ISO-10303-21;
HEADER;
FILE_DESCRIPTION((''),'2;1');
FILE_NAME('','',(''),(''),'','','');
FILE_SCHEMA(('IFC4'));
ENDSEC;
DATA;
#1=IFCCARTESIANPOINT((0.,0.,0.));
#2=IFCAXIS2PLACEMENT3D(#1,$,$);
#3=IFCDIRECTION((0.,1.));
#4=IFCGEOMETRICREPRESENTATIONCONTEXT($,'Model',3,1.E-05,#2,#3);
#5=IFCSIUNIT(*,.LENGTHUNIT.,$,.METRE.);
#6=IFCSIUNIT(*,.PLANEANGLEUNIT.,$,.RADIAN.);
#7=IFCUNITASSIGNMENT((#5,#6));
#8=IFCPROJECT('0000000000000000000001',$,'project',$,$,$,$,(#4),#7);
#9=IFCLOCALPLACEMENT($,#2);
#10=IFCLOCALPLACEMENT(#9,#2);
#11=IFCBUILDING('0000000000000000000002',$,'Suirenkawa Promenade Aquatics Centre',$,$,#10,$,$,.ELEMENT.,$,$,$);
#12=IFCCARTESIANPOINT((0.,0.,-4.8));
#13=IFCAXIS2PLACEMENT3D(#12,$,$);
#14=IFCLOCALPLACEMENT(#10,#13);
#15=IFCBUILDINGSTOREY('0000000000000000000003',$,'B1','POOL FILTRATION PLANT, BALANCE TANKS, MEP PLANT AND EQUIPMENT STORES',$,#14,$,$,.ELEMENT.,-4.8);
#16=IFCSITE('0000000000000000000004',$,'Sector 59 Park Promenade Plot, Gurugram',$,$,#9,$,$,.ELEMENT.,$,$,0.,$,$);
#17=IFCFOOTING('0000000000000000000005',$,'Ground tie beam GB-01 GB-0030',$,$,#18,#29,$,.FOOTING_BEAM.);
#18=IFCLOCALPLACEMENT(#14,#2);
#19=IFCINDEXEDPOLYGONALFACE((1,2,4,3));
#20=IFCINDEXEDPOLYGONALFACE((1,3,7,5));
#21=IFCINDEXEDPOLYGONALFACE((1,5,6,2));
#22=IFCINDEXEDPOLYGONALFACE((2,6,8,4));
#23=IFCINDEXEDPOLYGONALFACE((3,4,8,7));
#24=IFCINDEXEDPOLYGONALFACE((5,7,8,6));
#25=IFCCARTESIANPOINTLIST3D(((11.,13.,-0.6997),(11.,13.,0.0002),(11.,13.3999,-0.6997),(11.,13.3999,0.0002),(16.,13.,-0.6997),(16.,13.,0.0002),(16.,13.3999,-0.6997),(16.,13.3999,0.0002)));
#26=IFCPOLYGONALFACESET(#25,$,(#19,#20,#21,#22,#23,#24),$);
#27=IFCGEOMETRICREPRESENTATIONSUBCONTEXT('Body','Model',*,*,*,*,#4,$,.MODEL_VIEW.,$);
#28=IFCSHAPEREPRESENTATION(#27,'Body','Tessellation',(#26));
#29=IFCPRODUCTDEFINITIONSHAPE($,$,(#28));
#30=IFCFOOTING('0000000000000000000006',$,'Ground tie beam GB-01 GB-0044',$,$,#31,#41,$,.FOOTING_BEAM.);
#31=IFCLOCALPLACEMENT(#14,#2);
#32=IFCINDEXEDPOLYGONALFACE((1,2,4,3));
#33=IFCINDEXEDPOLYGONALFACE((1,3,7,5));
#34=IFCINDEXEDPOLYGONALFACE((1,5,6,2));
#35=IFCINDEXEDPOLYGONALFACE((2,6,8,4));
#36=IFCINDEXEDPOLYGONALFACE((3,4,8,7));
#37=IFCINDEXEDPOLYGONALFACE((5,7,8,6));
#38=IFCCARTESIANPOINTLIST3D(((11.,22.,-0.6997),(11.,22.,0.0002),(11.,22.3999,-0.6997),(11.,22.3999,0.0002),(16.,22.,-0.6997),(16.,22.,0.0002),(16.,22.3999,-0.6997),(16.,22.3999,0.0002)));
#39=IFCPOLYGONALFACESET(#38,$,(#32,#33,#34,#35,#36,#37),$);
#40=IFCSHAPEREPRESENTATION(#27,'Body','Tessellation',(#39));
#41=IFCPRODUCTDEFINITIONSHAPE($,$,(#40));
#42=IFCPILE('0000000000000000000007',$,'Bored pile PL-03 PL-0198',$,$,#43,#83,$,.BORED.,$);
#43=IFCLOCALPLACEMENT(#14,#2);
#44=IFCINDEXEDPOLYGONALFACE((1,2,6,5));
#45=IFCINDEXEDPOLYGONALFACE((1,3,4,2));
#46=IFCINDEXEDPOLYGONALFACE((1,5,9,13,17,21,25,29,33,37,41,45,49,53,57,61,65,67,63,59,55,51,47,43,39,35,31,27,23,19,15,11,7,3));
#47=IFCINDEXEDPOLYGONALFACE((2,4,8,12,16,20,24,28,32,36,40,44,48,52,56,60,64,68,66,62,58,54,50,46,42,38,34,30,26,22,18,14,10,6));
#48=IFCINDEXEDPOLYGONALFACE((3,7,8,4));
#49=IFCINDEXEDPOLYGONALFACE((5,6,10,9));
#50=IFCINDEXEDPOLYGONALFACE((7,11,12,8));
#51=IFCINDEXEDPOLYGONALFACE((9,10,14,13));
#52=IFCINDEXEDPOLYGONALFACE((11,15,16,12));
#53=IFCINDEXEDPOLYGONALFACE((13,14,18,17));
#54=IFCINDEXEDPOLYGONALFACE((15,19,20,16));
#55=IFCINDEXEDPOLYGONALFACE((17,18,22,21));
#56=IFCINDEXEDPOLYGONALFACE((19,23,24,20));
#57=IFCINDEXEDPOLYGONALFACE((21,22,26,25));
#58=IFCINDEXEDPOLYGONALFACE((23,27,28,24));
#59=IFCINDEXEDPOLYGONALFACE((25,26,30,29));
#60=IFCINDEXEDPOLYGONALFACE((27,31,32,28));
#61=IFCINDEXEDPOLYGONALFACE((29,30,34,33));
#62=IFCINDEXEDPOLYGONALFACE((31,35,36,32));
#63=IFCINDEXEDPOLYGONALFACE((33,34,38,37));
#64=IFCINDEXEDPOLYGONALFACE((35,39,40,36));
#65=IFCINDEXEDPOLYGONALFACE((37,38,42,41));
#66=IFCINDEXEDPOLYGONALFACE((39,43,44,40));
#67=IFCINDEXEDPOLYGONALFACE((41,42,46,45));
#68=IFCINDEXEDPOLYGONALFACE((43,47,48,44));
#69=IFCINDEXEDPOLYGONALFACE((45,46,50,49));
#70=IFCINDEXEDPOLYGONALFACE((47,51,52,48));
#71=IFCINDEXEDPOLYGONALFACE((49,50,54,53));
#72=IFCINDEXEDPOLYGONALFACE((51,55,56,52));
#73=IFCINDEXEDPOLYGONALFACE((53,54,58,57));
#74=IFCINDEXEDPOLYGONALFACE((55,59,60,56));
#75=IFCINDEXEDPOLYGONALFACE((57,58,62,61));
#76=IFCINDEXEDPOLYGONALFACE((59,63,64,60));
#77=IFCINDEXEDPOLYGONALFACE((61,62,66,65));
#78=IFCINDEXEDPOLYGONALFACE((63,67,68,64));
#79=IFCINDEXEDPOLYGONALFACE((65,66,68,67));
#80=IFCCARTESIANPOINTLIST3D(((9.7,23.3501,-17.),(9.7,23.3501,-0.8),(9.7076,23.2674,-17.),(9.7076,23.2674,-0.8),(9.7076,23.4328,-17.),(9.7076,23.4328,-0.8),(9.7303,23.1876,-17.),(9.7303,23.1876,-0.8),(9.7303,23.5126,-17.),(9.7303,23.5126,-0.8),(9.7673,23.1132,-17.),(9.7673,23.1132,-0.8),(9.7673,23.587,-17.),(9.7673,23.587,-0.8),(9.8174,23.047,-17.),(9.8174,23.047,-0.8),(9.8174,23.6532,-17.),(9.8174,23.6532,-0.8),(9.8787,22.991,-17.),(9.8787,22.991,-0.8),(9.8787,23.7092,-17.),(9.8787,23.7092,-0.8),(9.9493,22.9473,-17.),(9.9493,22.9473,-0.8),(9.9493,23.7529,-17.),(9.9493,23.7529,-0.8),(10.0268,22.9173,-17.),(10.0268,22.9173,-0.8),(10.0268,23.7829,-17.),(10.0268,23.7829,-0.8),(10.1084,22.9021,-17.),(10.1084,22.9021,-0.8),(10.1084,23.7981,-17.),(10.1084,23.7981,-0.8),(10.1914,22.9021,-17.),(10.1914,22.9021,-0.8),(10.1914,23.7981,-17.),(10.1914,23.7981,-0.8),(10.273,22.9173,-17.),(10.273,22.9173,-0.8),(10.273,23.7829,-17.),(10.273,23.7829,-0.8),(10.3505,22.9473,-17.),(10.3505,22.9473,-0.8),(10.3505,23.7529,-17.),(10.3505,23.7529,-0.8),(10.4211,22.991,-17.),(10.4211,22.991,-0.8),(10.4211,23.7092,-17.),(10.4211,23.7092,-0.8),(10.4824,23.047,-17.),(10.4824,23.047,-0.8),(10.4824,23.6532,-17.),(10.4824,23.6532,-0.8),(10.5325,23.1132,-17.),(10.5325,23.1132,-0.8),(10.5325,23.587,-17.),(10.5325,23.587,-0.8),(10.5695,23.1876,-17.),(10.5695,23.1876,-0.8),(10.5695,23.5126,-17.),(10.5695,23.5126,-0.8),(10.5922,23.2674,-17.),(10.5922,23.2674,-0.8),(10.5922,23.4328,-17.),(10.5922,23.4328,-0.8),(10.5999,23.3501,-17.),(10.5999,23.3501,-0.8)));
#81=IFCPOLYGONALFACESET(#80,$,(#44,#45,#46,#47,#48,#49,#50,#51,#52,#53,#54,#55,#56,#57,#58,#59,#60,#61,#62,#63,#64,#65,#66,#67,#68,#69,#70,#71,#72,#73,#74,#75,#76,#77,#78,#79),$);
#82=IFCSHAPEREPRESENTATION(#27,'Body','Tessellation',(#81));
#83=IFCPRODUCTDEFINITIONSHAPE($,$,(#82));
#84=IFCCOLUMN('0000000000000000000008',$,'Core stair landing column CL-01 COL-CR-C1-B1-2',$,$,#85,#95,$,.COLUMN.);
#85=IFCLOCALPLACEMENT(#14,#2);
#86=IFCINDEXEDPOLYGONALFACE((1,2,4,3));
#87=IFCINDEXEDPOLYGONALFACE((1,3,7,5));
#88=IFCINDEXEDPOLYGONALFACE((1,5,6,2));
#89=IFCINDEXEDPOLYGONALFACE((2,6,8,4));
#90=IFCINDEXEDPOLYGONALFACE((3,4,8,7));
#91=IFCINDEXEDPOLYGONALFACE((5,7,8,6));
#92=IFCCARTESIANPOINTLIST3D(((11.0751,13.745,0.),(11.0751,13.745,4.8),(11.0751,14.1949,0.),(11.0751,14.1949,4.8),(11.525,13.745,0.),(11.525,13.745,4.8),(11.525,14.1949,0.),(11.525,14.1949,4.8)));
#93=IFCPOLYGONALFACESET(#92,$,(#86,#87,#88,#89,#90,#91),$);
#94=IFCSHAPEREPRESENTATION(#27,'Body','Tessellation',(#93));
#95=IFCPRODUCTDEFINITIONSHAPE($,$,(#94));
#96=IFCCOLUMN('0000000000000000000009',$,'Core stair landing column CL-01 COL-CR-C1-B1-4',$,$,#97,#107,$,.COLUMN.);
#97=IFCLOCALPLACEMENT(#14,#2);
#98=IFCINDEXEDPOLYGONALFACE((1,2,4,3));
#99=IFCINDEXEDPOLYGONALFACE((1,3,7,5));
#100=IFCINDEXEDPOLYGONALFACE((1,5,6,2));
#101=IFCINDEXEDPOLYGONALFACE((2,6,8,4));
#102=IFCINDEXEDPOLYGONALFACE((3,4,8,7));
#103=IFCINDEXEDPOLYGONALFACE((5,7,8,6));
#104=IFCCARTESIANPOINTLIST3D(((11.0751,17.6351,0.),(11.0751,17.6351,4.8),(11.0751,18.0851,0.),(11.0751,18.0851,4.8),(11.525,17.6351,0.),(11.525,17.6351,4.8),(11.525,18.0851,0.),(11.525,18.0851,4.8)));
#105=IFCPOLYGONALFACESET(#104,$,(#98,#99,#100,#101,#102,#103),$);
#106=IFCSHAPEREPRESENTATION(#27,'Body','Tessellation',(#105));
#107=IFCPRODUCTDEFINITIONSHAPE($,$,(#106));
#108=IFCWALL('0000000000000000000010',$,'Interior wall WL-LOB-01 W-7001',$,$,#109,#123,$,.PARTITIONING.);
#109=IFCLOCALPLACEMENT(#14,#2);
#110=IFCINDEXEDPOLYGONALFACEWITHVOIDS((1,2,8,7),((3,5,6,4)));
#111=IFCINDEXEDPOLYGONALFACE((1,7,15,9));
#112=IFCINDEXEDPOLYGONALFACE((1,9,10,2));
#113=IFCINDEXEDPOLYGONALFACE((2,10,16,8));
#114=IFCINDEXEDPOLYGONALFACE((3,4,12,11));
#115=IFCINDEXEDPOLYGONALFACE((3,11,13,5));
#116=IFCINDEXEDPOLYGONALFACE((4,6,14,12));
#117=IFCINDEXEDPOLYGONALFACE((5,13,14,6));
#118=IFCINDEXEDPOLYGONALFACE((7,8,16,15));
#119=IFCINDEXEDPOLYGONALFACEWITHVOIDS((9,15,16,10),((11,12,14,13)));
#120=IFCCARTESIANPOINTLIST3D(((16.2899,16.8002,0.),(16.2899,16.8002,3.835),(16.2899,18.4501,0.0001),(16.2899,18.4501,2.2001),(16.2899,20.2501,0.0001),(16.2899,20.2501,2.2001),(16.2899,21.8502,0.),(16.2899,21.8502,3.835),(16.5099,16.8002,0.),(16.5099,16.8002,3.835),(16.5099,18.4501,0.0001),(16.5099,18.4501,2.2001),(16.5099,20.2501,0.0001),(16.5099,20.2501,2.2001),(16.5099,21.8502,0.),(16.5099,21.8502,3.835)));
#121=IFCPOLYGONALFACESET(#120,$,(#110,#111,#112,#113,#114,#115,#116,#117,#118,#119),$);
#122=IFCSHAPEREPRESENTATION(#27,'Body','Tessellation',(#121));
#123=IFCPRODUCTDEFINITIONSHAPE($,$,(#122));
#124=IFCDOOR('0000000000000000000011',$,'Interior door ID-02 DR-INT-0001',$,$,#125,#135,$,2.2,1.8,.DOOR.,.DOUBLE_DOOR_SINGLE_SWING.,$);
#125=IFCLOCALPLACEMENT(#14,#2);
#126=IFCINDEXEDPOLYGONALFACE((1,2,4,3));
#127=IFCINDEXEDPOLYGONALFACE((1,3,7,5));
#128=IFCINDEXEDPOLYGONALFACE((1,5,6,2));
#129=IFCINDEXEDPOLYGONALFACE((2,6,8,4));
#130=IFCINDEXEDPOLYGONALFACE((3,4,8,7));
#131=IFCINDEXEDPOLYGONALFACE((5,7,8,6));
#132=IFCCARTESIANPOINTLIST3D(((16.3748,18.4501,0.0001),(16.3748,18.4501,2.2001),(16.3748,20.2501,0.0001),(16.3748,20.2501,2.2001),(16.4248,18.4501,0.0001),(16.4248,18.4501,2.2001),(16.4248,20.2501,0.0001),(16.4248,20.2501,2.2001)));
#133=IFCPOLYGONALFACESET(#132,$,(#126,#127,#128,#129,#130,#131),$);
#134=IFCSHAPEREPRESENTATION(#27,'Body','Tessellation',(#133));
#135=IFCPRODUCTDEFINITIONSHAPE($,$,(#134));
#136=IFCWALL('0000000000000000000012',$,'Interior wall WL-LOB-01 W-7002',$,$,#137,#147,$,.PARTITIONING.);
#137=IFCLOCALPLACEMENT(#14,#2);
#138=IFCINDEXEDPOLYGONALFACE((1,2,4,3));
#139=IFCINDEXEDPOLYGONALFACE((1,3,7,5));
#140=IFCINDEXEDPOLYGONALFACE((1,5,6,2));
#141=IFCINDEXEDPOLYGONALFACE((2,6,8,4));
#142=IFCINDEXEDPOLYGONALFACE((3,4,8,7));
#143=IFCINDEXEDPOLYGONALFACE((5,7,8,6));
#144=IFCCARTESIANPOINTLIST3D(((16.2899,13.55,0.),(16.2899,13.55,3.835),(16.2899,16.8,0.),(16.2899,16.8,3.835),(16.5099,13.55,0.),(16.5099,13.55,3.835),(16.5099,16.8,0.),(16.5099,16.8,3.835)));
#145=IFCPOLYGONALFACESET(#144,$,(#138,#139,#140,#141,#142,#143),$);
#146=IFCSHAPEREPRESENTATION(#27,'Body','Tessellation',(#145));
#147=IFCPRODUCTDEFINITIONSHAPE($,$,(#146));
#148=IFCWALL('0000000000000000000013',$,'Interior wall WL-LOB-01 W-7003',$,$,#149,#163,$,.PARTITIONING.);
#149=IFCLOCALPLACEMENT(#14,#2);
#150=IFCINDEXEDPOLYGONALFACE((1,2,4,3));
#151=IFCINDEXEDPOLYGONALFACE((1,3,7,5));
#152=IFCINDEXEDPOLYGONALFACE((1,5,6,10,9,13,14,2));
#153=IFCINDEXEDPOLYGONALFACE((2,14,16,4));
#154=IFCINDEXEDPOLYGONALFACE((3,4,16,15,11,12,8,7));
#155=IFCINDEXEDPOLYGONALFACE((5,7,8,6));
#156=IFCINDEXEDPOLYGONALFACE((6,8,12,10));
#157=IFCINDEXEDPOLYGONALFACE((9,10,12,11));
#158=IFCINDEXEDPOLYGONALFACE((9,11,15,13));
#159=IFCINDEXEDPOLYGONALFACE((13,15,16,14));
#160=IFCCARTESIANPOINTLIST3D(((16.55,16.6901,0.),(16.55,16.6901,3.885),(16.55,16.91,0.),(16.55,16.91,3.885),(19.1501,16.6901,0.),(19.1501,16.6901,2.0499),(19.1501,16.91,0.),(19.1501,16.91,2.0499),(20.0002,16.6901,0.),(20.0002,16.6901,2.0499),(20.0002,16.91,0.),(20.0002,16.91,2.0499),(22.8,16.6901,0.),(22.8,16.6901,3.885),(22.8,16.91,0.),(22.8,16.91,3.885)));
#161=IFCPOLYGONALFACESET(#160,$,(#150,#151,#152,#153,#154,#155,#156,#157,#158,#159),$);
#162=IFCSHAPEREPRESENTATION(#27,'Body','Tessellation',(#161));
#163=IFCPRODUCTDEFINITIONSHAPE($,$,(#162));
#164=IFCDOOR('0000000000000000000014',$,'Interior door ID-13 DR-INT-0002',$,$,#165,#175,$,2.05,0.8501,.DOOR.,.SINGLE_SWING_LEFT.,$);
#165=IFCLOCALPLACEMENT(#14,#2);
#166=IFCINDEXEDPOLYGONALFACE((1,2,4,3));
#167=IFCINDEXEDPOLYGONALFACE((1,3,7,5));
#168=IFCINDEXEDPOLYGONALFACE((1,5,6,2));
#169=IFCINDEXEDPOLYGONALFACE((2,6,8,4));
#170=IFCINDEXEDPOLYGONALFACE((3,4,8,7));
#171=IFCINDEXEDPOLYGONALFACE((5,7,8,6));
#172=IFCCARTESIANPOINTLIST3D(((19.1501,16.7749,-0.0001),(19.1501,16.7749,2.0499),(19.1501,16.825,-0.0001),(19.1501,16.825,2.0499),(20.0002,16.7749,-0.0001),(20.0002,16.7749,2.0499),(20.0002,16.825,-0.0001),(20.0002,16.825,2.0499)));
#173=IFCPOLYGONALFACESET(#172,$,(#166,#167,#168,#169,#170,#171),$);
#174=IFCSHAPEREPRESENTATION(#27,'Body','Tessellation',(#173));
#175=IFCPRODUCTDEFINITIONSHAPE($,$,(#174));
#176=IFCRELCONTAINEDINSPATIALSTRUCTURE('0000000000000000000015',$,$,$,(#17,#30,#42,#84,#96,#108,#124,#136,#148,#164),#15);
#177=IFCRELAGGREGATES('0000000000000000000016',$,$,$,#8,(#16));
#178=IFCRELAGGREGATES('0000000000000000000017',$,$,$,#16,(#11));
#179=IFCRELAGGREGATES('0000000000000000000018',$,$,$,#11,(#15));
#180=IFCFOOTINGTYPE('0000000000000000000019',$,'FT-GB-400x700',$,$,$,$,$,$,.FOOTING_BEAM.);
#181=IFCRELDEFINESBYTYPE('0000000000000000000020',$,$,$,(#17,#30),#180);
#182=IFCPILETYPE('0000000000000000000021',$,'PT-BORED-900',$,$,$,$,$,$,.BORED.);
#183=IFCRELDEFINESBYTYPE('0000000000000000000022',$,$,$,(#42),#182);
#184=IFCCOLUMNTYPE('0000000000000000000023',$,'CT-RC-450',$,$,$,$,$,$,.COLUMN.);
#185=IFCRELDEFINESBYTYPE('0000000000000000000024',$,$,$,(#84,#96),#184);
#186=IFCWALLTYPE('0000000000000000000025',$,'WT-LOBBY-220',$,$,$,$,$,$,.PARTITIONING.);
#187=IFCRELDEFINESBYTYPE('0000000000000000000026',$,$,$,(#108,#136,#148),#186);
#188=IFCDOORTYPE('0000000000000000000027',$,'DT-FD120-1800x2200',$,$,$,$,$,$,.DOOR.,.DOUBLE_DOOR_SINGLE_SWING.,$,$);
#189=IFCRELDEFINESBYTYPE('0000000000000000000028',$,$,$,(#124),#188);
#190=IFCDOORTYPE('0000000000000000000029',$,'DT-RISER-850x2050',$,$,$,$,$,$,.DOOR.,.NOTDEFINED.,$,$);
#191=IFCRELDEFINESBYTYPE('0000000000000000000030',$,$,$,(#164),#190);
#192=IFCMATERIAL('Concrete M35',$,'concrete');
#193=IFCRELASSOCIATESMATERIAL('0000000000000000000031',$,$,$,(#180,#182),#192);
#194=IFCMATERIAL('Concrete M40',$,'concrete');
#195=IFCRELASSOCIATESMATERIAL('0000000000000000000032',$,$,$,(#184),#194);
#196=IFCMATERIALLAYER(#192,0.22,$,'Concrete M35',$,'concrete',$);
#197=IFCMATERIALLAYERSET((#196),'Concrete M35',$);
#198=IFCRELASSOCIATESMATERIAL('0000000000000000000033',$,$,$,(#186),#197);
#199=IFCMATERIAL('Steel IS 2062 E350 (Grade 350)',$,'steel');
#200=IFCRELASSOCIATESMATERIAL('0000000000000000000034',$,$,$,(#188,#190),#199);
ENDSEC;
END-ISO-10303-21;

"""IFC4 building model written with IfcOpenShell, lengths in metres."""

from ifc_helpers import new_model, si_unit, direction, frame, frame_2d, origin, origin_2d, place, context, subcontext, project, spatial, rectangle, circle, extrude, material, layer, layer_set, material_profile, profile_set, type_object, element, fill, save


model = new_model("IFC4")

# Units and contexts
model_context = context("Model", 3, precision=1e-05, world=origin(), true_north=direction((0.0, 1.0)))
body_context = subcontext(model_context, "Body", "Model", "MODEL_VIEW")
ifc_project = project(units=[si_unit("LENGTHUNIT", "METRE"), si_unit("PLANEANGLEUNIT", "RADIAN")], contexts=[model_context])

# Site, building, storey
site_placement = place(None, origin())
site = spatial("IfcSite", under=ifc_project, at=site_placement, Name="Sector 59 Park Promenade Plot, Gurugram", CompositionType="ELEMENT", RefElevation=0.0)
building_placement = place(site_placement, origin())
building = spatial("IfcBuilding", under=site, at=building_placement, Name="Suirenkawa Promenade Aquatics Centre", CompositionType="ELEMENT")
storey_placement = place(building_placement, frame((0.0, 0.0, -4.8)))
storey = spatial("IfcBuildingStorey", under=building, at=storey_placement, Name="B1", Description="POOL FILTRATION PLANT, BALANCE TANKS, MEP PLANT AND EQUIPMENT STORES", CompositionType="ELEMENT", Elevation=-4.8)

# Footings
ifc_material_1 = material(Name="Concrete M35", Category="concrete")
footing_type = type_object("IfcFootingType", Name="FT-GB-400x700", PredefinedType="FOOTING_BEAM", material=ifc_material_1)
for number, where, z_axis, x_axis, name in (
    (1, (13.5, 13.2, -0.6997), (0.0, 0.0, 1.0), (1.0, 0.0, 0.0), "Ground tie beam GB-01 GB-0030"),
    (2, (13.5, 22.2, -0.6997), (0.0, 0.0, 1.0), (1.0, 0.0, 0.0), "Ground tie beam GB-01 GB-0044"),
):
    element("IfcFooting", number, at=place(storey_placement, frame(where, z_axis=z_axis, x_axis=x_axis)), inside=storey, type_object=footing_type, Name=name, PredefinedType="FOOTING_BEAM", context=body_context, shape_type="SweptSolid", body=[
        extrude(rectangle(XDim=5.0, YDim=0.3999, at=origin_2d()), origin(), (0.0, 0.0, 1.0), 0.7),
    ])

# Pile
ifc_material_profile_1 = material_profile(ifc_material_1, circle(Radius=0.45, at=origin_2d()), Name="PILE D900", Category="concrete")
ifc_profile_set_1 = profile_set([ifc_material_profile_1], Name="Concrete M35")
pile_type = type_object("IfcPileType", Name="PT-BORED-900", PredefinedType="BORED", material=ifc_profile_set_1)
pile_placement = place(storey_placement, frame((10.1499, 23.3501, -0.8), z_axis=(0.0, 0.0, -1.0), x_axis=(1.0, 0.0, 0.0)))
element("IfcPile", 3, at=pile_placement, inside=storey, type_object=pile_type, Name="Bored pile PL-03 PL-0198", PredefinedType="BORED", context=body_context, shape_type="SweptSolid", body=[
    extrude(circle(Radius=0.45, at=origin_2d()), origin(), (0.0, 0.0, 1.0), 16.2),
])

# Columns
ifc_material_2 = material(Name="Concrete M40", Category="concrete")
ifc_material_profile_2 = material_profile(ifc_material_2, rectangle(XDim=0.45, YDim=0.45, at=origin_2d()), Name="RC COL 450x450", Category="concrete")
ifc_profile_set_2 = profile_set([ifc_material_profile_2], Name="Concrete M40")
column_type = type_object("IfcColumnType", Name="CT-RC-450", PredefinedType="COLUMN", material=ifc_profile_set_2)
for number, where, z_axis, x_axis, name in (
    (4, (11.3, 13.97, 0.0), (0.0, 0.0, 1.0), (1.0, 0.0, 0.0), "Core stair landing column CL-01 COL-CR-C1-B1-2"),
    (5, (11.3, 17.8601, 0.0), (0.0, 0.0, 1.0), (1.0, 0.0, 0.0), "Core stair landing column CL-01 COL-CR-C1-B1-4"),
):
    element("IfcColumn", number, at=place(storey_placement, frame(where, z_axis=z_axis, x_axis=x_axis)), inside=storey, type_object=column_type, Name=name, PredefinedType="COLUMN", context=body_context, shape_type="SweptSolid", body=[
        extrude(rectangle(XDim=0.45, YDim=0.45, at=origin_2d()), origin(), (0.0, 0.0, 1.0), 4.8),
    ])

# Wall, opening, door
ifc_layer = layer(ifc_material_1, 0.22, Name="Concrete M35", Category="concrete")
ifc_layer_set = layer_set([ifc_layer], Name="Concrete M35")
wall_type = type_object("IfcWallType", Name="WT-LOBBY-220", PredefinedType="PARTITIONING", material=ifc_layer_set)
wall_1_placement = place(storey_placement, frame((16.3999, 21.8501, 0.0), z_axis=(0.0, 0.0, 1.0), x_axis=(0.0, -1.0, 0.0)))
wall_1 = element("IfcWall", 6, at=wall_1_placement, inside=storey, type_object=wall_type, Name="Interior wall WL-LOB-01 W-7001", PredefinedType="PARTITIONING", context=body_context, shape_type="SweptSolid", body=[
    extrude(rectangle(XDim=5.05, YDim=0.22, at=frame_2d((2.5249, 0.0))), origin(), (0.0, 0.0, 1.0), 3.835),
])
opening_1_placement = place(wall_1_placement, frame((1.6001, 0.0, 0.0)))
opening_1 = element("IfcOpeningElement", 7, at=opening_1_placement, cuts=wall_1, PredefinedType="OPENING", context=body_context, shape_type="SweptSolid", body=[
    extrude(rectangle(XDim=1.8, YDim=2.2, at=frame_2d((0.8999, 1.1001))), frame((0.0, 0.1199, 0.0), z_axis=(0.0, -1.0, 0.0), x_axis=(1.0, 0.0, 0.0)), (0.0, 0.0, 1.0), 0.24),
])
ifc_material_3 = material(Name="Steel IS 2062 E350 (Grade 350)", Category="steel")
door_type_1 = type_object("IfcDoorType", Name="DT-FD120-1800x2200", OperationType="DOUBLE_DOOR_SINGLE_SWING", PredefinedType="DOOR", material=ifc_material_3)
door_1_placement = place(opening_1_placement, origin())
door_1 = element("IfcDoor", 8, at=door_1_placement, inside=storey, type_object=door_type_1, Name="Interior door ID-02 DR-INT-0001", OperationType="DOUBLE_DOOR_SINGLE_SWING", OverallHeight=2.2, OverallWidth=1.8, PredefinedType="DOOR", context=body_context, shape_type="SweptSolid", body=[
    extrude(rectangle(XDim=1.8, YDim=2.2, at=frame_2d((0.8999, 1.1001))), frame((0.0, 0.0249, 0.0), z_axis=(0.0, -1.0, 0.0), x_axis=(1.0, 0.0, 0.0)), (0.0, 0.0, 1.0), 0.05),
])
fill(opening_1, door_1)

# Wall
wall_2_placement = place(storey_placement, frame((16.3999, 13.55, 0.0), z_axis=(0.0, 0.0, 1.0), x_axis=(0.0, 1.0, 0.0)))
element("IfcWall", 9, at=wall_2_placement, inside=storey, type_object=wall_type, Name="Interior wall WL-LOB-01 W-7002", PredefinedType="PARTITIONING", context=body_context, shape_type="SweptSolid", body=[
    extrude(rectangle(XDim=3.25, YDim=0.22, at=frame_2d((1.625, 0.0))), origin(), (0.0, 0.0, 1.0), 3.835),
])

# Wall, opening, door
wall_3_placement = place(storey_placement, frame((16.55, 16.8, 0.0), z_axis=(0.0, 0.0, 1.0), x_axis=(1.0, 0.0, 0.0)))
wall_3 = element("IfcWall", 10, at=wall_3_placement, inside=storey, type_object=wall_type, Name="Interior wall WL-LOB-01 W-7003", PredefinedType="PARTITIONING", context=body_context, shape_type="SweptSolid", body=[
    extrude(rectangle(XDim=6.25, YDim=0.22, at=frame_2d((3.125, 0.0))), origin(), (0.0, 0.0, 1.0), 3.885),
])
opening_2_placement = place(wall_3_placement, frame((2.6001, 0.0, 0.0)))
opening_2 = element("IfcOpeningElement", 11, at=opening_2_placement, cuts=wall_3, PredefinedType="OPENING", context=body_context, shape_type="SweptSolid", body=[
    extrude(rectangle(XDim=0.8501, YDim=2.05, at=frame_2d((0.425, 1.0249))), frame((0.0, 0.1199, 0.0), z_axis=(0.0, -1.0, 0.0), x_axis=(1.0, 0.0, 0.0)), (0.0, 0.0, 1.0), 0.24),
])
door_type_2 = type_object("IfcDoorType", Name="DT-RISER-850x2050", OperationType="NOTDEFINED", PredefinedType="DOOR", material=ifc_material_3)
door_2_placement = place(opening_2_placement, origin())
door_2 = element("IfcDoor", 12, at=door_2_placement, inside=storey, type_object=door_type_2, Name="Interior door ID-13 DR-INT-0002", OperationType="SINGLE_SWING_LEFT", OverallHeight=2.05, OverallWidth=0.8501, PredefinedType="DOOR", context=body_context, shape_type="SweptSolid", body=[
    extrude(rectangle(XDim=0.8501, YDim=2.05, at=frame_2d((0.425, 1.0249))), frame((0.0, 0.0249, 0.0), z_axis=(0.0, -1.0, 0.0), x_axis=(1.0, 0.0, 0.0)), (0.0, 0.0, 1.0), 0.05),
])
fill(opening_2, door_2)

save(model, "model.ifc")
